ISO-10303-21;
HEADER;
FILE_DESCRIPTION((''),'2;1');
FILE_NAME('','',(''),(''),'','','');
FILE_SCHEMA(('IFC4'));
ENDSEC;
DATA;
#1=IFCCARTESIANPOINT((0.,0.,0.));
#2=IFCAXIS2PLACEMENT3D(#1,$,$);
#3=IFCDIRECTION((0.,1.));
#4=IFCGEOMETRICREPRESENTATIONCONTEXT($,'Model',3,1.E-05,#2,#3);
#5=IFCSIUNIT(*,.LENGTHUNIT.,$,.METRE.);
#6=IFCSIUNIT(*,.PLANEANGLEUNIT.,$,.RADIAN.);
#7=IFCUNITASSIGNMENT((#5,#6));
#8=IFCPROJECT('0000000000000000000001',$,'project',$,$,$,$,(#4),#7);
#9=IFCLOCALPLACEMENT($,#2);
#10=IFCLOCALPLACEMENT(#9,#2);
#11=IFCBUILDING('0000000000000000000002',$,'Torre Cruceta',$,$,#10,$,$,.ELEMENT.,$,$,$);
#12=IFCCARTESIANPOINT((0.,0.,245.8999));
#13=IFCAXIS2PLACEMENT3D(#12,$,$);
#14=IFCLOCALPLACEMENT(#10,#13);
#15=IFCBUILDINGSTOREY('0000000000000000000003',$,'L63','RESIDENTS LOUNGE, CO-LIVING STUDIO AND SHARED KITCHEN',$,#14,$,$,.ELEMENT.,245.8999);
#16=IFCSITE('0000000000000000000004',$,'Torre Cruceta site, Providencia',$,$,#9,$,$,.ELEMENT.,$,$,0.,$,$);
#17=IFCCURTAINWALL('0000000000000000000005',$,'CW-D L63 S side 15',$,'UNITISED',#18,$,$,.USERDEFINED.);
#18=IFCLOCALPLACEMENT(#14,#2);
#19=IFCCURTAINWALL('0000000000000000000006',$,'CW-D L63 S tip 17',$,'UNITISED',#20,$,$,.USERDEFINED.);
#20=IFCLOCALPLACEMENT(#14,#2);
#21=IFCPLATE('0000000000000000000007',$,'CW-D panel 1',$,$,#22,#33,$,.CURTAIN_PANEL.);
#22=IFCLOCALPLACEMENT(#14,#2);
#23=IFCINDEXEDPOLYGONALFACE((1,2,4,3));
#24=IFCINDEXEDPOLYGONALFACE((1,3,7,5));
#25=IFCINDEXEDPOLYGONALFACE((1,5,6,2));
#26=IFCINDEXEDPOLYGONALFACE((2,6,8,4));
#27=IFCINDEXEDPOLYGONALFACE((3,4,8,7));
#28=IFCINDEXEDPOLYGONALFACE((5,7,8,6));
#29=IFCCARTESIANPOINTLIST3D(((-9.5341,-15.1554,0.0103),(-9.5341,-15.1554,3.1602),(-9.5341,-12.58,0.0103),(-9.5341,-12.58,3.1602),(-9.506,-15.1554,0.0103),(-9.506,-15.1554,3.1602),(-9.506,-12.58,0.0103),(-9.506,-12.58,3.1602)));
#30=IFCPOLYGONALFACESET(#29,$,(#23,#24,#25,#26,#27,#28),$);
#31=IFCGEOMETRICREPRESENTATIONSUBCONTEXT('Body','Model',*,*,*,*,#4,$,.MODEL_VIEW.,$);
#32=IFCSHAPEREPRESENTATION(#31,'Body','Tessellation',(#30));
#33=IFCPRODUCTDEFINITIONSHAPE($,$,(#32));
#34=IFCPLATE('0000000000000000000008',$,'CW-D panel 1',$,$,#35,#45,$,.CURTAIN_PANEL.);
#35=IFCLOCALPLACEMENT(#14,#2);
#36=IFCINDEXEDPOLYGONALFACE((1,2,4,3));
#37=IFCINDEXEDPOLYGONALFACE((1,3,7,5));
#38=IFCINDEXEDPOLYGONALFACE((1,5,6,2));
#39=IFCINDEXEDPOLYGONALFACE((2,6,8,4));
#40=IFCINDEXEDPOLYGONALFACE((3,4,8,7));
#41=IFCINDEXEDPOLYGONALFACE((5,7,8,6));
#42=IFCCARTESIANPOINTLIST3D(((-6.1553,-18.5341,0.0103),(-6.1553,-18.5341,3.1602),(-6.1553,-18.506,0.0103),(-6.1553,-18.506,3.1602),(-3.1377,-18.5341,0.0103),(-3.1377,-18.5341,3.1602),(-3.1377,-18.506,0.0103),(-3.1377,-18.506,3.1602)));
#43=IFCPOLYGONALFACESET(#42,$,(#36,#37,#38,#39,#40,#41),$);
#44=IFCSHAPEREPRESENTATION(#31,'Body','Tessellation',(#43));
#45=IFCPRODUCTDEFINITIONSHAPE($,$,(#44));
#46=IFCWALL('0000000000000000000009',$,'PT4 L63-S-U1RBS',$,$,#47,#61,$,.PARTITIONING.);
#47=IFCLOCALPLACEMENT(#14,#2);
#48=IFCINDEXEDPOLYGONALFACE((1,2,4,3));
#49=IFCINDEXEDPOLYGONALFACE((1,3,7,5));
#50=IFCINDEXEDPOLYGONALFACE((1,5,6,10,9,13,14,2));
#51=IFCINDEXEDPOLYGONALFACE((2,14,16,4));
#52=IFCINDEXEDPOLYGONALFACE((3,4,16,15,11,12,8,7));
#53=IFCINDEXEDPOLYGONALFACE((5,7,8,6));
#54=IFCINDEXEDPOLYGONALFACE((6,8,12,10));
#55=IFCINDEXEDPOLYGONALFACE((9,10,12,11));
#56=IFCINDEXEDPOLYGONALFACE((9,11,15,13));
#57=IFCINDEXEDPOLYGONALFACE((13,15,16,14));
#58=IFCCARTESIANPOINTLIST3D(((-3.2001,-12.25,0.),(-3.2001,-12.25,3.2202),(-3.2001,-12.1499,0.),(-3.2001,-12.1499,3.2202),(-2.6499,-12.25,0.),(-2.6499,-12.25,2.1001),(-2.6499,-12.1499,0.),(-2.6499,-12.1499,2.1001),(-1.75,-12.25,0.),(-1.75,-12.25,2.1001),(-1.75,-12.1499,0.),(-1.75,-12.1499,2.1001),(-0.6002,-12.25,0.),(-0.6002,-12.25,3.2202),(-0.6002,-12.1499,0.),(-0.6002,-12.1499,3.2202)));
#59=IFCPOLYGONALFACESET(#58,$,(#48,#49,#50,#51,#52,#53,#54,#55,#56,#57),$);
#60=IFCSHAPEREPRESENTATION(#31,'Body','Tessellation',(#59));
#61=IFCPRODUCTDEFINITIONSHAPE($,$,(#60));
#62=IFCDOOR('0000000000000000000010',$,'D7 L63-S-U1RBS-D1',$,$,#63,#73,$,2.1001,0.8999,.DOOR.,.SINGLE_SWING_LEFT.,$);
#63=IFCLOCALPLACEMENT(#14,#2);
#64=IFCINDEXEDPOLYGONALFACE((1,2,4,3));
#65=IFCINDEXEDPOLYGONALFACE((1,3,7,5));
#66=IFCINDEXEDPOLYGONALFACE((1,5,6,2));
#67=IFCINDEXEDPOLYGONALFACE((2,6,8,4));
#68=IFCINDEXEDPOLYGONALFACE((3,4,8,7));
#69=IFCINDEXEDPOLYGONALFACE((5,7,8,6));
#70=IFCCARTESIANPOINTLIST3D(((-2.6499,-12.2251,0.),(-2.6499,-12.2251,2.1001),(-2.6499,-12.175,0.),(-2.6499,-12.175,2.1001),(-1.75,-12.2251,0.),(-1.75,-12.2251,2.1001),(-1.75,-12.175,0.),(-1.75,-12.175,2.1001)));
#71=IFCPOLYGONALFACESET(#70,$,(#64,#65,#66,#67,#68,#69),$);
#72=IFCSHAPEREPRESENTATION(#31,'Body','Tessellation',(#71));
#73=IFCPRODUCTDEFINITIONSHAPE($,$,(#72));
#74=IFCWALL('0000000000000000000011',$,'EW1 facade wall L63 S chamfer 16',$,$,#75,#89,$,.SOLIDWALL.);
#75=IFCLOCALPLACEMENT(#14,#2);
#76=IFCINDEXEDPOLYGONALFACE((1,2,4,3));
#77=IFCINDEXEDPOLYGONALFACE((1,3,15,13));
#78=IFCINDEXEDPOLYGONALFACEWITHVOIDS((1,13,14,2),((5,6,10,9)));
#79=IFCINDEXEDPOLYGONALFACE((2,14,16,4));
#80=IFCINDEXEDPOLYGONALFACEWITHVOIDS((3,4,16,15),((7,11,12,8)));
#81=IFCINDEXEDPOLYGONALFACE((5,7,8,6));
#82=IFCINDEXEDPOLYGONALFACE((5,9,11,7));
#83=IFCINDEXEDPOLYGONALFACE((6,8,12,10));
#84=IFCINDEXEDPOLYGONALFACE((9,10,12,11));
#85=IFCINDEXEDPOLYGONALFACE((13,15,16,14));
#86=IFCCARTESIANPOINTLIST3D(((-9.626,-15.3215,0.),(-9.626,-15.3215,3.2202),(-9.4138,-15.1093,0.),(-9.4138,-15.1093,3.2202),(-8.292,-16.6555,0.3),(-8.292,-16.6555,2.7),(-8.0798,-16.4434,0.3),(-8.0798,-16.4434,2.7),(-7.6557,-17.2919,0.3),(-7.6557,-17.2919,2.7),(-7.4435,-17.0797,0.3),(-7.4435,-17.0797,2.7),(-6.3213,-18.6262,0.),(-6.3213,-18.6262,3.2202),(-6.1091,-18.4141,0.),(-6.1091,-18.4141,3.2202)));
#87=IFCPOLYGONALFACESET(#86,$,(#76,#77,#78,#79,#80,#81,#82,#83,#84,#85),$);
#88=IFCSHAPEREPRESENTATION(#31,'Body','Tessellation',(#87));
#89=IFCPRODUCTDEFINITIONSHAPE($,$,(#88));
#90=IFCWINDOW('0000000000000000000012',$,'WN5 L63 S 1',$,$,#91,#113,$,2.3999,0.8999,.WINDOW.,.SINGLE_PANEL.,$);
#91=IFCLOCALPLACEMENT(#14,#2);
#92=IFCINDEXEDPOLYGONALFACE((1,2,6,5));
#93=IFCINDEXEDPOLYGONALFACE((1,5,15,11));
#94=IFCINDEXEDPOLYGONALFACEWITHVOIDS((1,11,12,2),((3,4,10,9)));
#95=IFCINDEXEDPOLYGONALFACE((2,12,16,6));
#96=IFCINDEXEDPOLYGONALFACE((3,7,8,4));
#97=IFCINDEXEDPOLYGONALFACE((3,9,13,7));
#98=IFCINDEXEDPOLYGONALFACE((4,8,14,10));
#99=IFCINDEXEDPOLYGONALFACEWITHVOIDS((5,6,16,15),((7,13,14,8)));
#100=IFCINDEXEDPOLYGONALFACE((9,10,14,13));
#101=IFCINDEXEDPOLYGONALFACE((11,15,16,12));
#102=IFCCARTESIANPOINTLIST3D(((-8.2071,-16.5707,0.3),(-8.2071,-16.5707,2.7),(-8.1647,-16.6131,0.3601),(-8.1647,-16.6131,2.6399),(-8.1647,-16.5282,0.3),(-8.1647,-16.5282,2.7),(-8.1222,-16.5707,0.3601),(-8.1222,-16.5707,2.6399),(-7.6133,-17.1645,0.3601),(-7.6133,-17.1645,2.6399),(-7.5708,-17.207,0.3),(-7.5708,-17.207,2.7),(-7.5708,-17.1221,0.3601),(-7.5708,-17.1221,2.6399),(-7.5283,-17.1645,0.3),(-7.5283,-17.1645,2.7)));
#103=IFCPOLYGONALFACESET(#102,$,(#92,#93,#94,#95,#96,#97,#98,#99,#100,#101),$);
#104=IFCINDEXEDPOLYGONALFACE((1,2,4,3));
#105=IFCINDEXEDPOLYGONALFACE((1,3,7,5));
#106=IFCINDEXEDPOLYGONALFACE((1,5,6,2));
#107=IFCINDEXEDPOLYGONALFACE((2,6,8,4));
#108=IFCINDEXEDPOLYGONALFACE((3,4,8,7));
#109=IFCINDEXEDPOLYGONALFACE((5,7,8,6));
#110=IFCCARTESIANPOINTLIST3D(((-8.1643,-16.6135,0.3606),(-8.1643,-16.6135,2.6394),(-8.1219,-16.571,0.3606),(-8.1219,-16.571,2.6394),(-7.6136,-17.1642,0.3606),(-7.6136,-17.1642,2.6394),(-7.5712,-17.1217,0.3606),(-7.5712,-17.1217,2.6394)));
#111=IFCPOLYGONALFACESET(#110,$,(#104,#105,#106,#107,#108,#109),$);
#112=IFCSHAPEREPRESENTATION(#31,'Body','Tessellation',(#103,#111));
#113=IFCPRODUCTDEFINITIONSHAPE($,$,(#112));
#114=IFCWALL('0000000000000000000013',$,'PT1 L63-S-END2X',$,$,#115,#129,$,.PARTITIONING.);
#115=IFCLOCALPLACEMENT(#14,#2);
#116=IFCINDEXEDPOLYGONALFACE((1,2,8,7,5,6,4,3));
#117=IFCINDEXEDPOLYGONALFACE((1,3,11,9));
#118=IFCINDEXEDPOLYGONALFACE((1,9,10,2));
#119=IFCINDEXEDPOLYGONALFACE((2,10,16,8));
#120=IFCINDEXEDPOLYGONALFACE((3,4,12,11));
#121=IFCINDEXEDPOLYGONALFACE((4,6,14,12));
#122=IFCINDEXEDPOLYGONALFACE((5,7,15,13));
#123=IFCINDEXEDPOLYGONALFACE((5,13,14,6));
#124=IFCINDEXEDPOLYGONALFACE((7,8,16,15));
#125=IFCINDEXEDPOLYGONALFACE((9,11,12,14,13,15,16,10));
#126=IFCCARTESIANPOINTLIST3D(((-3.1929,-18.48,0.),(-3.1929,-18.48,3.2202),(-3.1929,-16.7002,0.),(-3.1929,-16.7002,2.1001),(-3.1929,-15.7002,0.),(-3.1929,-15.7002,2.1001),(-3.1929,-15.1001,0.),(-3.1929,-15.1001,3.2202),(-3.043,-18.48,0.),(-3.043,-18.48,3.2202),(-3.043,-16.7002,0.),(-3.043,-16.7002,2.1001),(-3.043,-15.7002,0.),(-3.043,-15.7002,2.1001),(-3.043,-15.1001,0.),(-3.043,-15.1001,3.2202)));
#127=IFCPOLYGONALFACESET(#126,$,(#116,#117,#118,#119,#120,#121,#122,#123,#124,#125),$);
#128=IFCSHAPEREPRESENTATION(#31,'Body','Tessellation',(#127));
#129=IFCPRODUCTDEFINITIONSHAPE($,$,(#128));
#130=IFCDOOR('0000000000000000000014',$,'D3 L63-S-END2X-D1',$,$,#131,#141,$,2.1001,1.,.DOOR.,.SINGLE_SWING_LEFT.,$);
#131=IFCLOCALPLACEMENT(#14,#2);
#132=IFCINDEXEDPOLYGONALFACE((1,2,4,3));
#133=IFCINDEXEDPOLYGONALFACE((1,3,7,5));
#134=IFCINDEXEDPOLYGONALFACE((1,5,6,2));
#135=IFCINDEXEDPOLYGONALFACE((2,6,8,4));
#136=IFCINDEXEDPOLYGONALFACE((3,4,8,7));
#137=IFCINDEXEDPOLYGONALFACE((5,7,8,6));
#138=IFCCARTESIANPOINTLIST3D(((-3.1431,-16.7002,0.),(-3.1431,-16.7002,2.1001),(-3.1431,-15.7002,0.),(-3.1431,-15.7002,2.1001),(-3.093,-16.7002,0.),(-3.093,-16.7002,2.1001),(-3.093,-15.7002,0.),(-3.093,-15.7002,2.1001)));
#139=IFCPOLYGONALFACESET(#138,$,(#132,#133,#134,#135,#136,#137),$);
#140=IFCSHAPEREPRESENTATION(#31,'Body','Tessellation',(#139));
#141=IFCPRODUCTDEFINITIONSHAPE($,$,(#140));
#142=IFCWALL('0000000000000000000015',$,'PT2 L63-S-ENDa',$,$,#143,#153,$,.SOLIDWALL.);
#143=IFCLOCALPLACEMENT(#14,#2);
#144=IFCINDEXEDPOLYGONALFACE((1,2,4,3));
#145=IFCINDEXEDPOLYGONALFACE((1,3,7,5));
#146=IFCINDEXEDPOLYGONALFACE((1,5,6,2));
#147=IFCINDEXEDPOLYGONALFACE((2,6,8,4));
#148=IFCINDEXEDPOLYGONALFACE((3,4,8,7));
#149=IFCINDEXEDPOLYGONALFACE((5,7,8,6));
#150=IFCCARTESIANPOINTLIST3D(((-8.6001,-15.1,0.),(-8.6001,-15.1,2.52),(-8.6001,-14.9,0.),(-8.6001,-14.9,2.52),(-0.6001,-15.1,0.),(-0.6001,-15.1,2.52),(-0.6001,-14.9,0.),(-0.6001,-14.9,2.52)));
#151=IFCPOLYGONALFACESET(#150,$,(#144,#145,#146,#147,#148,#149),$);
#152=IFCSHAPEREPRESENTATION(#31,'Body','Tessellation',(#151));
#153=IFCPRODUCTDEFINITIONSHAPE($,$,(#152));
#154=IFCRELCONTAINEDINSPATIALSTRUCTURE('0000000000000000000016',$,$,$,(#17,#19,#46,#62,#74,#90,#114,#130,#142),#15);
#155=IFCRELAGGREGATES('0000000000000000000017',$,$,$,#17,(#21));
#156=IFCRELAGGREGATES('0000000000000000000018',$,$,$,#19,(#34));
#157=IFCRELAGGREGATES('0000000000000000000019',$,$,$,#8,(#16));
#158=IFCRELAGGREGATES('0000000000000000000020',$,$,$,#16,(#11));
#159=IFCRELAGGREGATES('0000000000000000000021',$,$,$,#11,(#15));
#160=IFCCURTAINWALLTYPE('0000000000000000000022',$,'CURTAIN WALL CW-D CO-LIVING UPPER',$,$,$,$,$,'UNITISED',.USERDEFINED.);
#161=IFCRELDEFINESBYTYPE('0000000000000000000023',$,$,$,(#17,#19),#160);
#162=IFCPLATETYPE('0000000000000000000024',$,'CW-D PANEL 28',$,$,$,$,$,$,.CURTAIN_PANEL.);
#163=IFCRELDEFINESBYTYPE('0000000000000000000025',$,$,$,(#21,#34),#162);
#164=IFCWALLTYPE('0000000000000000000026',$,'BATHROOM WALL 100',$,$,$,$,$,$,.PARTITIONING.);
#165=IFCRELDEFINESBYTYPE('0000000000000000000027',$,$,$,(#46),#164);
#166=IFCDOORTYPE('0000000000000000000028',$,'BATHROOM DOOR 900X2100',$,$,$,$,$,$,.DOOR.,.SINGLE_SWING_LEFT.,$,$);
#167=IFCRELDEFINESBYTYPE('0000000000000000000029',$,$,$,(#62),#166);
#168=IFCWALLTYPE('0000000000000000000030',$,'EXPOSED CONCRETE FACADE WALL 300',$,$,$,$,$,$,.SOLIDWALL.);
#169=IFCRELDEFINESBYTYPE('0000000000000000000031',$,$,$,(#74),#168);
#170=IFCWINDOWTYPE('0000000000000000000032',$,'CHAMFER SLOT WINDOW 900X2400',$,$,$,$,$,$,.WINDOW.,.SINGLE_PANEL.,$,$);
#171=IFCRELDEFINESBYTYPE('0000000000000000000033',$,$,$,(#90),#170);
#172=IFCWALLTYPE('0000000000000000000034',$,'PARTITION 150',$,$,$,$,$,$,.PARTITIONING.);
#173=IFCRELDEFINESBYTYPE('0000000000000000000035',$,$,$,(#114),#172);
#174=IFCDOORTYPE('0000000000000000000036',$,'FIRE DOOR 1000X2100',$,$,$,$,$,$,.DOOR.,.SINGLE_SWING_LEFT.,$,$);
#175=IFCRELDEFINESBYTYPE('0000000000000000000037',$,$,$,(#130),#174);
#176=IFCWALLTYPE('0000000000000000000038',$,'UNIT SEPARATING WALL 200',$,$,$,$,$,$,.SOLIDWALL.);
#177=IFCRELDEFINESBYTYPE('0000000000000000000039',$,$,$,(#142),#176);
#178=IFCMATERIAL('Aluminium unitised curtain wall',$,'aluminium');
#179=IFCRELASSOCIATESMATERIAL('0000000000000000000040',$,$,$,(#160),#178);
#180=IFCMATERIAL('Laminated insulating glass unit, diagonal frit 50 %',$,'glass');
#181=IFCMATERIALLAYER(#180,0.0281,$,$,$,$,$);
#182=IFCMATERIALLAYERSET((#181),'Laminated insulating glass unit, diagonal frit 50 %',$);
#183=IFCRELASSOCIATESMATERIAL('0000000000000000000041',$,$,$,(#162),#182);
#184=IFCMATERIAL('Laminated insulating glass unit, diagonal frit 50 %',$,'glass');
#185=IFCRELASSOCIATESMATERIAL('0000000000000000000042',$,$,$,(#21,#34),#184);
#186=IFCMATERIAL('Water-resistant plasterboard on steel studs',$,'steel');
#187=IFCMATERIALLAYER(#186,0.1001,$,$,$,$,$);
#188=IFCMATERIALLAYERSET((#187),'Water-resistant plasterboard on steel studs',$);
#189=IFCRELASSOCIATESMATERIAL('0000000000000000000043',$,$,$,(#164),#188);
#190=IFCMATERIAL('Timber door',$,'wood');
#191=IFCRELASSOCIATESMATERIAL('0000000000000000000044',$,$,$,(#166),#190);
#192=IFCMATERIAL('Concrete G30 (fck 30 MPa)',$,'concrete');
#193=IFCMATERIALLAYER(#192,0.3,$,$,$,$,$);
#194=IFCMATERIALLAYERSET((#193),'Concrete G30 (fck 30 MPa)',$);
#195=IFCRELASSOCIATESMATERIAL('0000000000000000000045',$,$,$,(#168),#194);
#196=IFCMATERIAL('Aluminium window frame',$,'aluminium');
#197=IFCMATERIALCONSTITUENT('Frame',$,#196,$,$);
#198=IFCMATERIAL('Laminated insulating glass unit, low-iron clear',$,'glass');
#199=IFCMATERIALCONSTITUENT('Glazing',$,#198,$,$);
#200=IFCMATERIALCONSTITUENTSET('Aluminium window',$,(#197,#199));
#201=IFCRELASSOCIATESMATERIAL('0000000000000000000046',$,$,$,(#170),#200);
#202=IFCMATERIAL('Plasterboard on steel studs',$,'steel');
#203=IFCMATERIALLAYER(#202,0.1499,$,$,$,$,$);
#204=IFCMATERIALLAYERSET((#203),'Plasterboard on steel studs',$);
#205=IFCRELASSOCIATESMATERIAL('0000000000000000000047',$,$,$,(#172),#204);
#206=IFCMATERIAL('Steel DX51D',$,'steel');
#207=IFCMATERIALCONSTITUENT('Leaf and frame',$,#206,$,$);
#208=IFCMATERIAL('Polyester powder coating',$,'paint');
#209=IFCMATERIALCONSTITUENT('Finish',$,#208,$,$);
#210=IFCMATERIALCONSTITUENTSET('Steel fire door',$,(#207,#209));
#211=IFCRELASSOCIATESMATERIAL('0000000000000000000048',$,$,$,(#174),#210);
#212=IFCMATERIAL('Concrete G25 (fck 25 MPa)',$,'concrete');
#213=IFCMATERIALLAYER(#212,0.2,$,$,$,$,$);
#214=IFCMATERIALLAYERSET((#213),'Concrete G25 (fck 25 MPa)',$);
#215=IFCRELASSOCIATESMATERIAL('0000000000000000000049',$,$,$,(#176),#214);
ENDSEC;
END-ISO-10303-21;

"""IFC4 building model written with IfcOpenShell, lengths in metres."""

from ifc_helpers import new_model, si_unit, direction, frame, frame_2d, origin, origin_2d, place, context, subcontext, project, spatial, rectangle, hollow_rectangle, extrude, material, layer, layer_set, constituent, constituent_set, type_object, element, fill, aggregate, save


model = new_model("IFC4")

# Units and contexts
model_context = context("Model", 3, precision=1e-05, world=origin(), true_north=direction((0.0, 1.0)))
body_context = subcontext(model_context, "Body", "Model", "MODEL_VIEW")
ifc_project = project(units=[si_unit("LENGTHUNIT", "METRE"), si_unit("PLANEANGLEUNIT", "RADIAN")], contexts=[model_context])

# Site, building, storey
site_placement = place(None, origin())
site = spatial("IfcSite", under=ifc_project, at=site_placement, Name="Torre Cruceta site, Providencia", CompositionType="ELEMENT", RefElevation=0.0)
building_placement = place(site_placement, origin())
building = spatial("IfcBuilding", under=site, at=building_placement, Name="Torre Cruceta", CompositionType="ELEMENT")
storey_placement = place(building_placement, frame((0.0, 0.0, 245.8999)))
storey = spatial("IfcBuildingStorey", under=building, at=storey_placement, Name="L63", Description="RESIDENTS LOUNGE, CO-LIVING STUDIO AND SHARED KITCHEN", CompositionType="ELEMENT", Elevation=245.8999)

# Curtain walls
ifc_material_1 = material(Name="Aluminium unitised curtain wall", Category="aluminium")
curtain_wall_type = type_object("IfcCurtainWallType", Name="CURTAIN WALL CW-D CO-LIVING UPPER", ElementType="UNITISED", PredefinedType="USERDEFINED", material=ifc_material_1)
curtain_wall_1_placement = place(storey_placement, origin())
curtain_wall_1 = element("IfcCurtainWall", 1, at=curtain_wall_1_placement, inside=storey, type_object=curtain_wall_type, Name="CW-D L63 S side 15", ObjectType="UNITISED", PredefinedType="USERDEFINED")
curtain_wall_2_placement = place(storey_placement, origin())
curtain_wall_2 = element("IfcCurtainWall", 2, at=curtain_wall_2_placement, inside=storey, type_object=curtain_wall_type, Name="CW-D L63 S tip 17", ObjectType="UNITISED", PredefinedType="USERDEFINED")

# Plates
ifc_material_2 = material(Name="Laminated insulating glass unit, diagonal frit 50 %", Category="glass")
ifc_material_3 = material(Name="Laminated insulating glass unit, diagonal frit 50 %", Category="glass")
ifc_layer_1 = layer(ifc_material_3, 0.0281)
ifc_layer_set_1 = layer_set([ifc_layer_1], Name="Laminated insulating glass unit, diagonal frit 50 %")
plate_type = type_object("IfcPlateType", Name="CW-D PANEL 28", PredefinedType="CURTAIN_PANEL", material=ifc_layer_set_1)
plate_1_placement = place(storey_placement, frame((-9.52, -13.8677, 0.0103), z_axis=(0.0, 0.0, 1.0), x_axis=(0.0, -1.0, 0.0)))
plate_1 = element("IfcPlate", 3, at=plate_1_placement, type_object=plate_type, material=ifc_material_2, Name="CW-D panel 1", PredefinedType="CURTAIN_PANEL", context=body_context, shape_type="SweptSolid", body=[
    extrude(rectangle(XDim=2.5754, YDim=0.0281, at=origin_2d()), origin(), (0.0, 0.0, 1.0), 3.1499),
])
aggregate(curtain_wall_1, [plate_1])
plate_2_placement = place(storey_placement, frame((-4.6465, -18.52, 0.0103), z_axis=(0.0, 0.0, 1.0), x_axis=(1.0, 0.0, 0.0)))
plate_2 = element("IfcPlate", 4, at=plate_2_placement, type_object=plate_type, material=ifc_material_2, Name="CW-D panel 1", PredefinedType="CURTAIN_PANEL", context=body_context, shape_type="SweptSolid", body=[
    extrude(rectangle(XDim=3.0176, YDim=0.0281, at=origin_2d()), origin(), (0.0, 0.0, 1.0), 3.1499),
])
aggregate(curtain_wall_2, [plate_2])

# Wall, opening, door
ifc_material_4 = material(Name="Water-resistant plasterboard on steel studs", Category="steel")
ifc_layer_2 = layer(ifc_material_4, 0.1001)
ifc_layer_set_2 = layer_set([ifc_layer_2], Name="Water-resistant plasterboard on steel studs")
wall_type_1 = type_object("IfcWallType", Name="BATHROOM WALL 100", PredefinedType="PARTITIONING", material=ifc_layer_set_2)
wall_1_placement = place(storey_placement, frame((-3.2, -12.2, 0.0), z_axis=(0.0, 0.0, 1.0), x_axis=(1.0, 0.0, 0.0)))
wall_1 = element("IfcWall", 5, at=wall_1_placement, inside=storey, type_object=wall_type_1, Name="PT4 L63-S-U1RBS", PredefinedType="PARTITIONING", context=body_context, shape_type="SweptSolid", body=[
    extrude(rectangle(XDim=2.5999, YDim=0.1001, at=frame_2d((1.2998, 0.0))), origin(), (0.0, 0.0, 1.0), 3.2202),
])
opening_1_placement = place(wall_1_placement, frame((0.55, 0.0, 0.0)))
opening_1 = element("IfcOpeningElement", 6, at=opening_1_placement, cuts=wall_1, PredefinedType="OPENING", context=body_context, shape_type="SweptSolid", body=[
    extrude(rectangle(XDim=0.8999, YDim=2.1001, at=frame_2d((0.45, 1.05))), frame((0.0, 0.0601, 0.0), z_axis=(0.0, -1.0, 0.0), x_axis=(1.0, 0.0, 0.0)), (0.0, 0.0, 1.0), 0.1201),
])
ifc_material_5 = material(Name="Timber door", Category="wood")
door_type_1 = type_object("IfcDoorType", Name="BATHROOM DOOR 900X2100", OperationType="SINGLE_SWING_LEFT", PredefinedType="DOOR", material=ifc_material_5)
door_1_placement = place(opening_1_placement, origin())
door_1 = element("IfcDoor", 7, at=door_1_placement, inside=storey, type_object=door_type_1, Name="D7 L63-S-U1RBS-D1", OperationType="SINGLE_SWING_LEFT", OverallHeight=2.1001, OverallWidth=0.8999, PredefinedType="DOOR", context=body_context, shape_type="SweptSolid", body=[
    extrude(rectangle(XDim=0.8999, YDim=2.1001, at=frame_2d((0.45, 1.05))), frame((0.0, 0.0249, 0.0), z_axis=(0.0, -1.0, 0.0), x_axis=(1.0, 0.0, 0.0)), (0.0, 0.0, 1.0), 0.05),
])
fill(opening_1, door_1)

# Wall, opening, window
ifc_material_6 = material(Name="Concrete G30 (fck 30 MPa)", Category="concrete")
ifc_layer_3 = layer(ifc_material_6, 0.3)
ifc_layer_set_3 = layer_set([ifc_layer_3], Name="Concrete G30 (fck 30 MPa)")
wall_type_2 = type_object("IfcWallType", Name="EXPOSED CONCRETE FACADE WALL 300", PredefinedType="SOLIDWALL", material=ifc_layer_set_3)
wall_2_placement = place(storey_placement, frame((-9.52, -15.2153, 0.0), z_axis=(0.0, 0.0, 1.0), x_axis=(0.707107, -0.707107, 0.0)))
wall_2 = element("IfcWall", 8, at=wall_2_placement, inside=storey, type_object=wall_type_2, Name="EW1 facade wall L63 S chamfer 16", PredefinedType="SOLIDWALL", context=body_context, shape_type="SweptSolid", body=[
    extrude(rectangle(XDim=4.6736, YDim=0.3, at=frame_2d((2.3369, 0.0))), origin(), (0.0, 0.0, 1.0), 3.2202),
])
opening_2_placement = place(wall_2_placement, frame((1.8867, 0.0, 0.3)))
opening_2 = element("IfcOpeningElement", 9, at=opening_2_placement, cuts=wall_2, PredefinedType="OPENING", context=body_context, shape_type="SweptSolid", body=[
    extrude(rectangle(XDim=0.8999, YDim=2.3999, at=frame_2d((0.45, 1.2))), frame((0.0, 0.1599, 0.0), z_axis=(0.0, -1.0, 0.0), x_axis=(1.0, 0.0, 0.0)), (0.0, 0.0, 1.0), 0.3201),
])
ifc_material_7 = material(Name="Aluminium window frame", Category="aluminium")
ifc_constituent_1 = constituent(ifc_material_7, Name="Frame")
ifc_material_8 = material(Name="Laminated insulating glass unit, low-iron clear", Category="glass")
ifc_constituent_2 = constituent(ifc_material_8, Name="Glazing")
ifc_constituent_set_1 = constituent_set(constituents=[ifc_constituent_1, ifc_constituent_2], Name="Aluminium window")
window_type = type_object("IfcWindowType", Name="CHAMFER SLOT WINDOW 900X2400", PartitioningType="SINGLE_PANEL", PredefinedType="WINDOW", material=ifc_constituent_set_1)
window_placement = place(opening_2_placement, origin())
window = element("IfcWindow", 10, at=window_placement, inside=storey, type_object=window_type, Name="WN5 L63 S 1", OverallHeight=2.3999, OverallWidth=0.8999, PartitioningType="SINGLE_PANEL", PredefinedType="WINDOW", context=body_context, shape_type="SweptSolid", body=[
    extrude(hollow_rectangle(XDim=0.8999, YDim=2.3999, WallThickness=0.0601, at=frame_2d((0.45, 1.2))), frame((0.0, 0.03, 0.0), z_axis=(0.0, -1.0, 0.0), x_axis=(1.0, 0.0, 0.0)), (0.0, 0.0, 1.0), 0.0601),
    extrude(rectangle(XDim=0.7788, YDim=2.2788, at=frame_2d((0.45, 1.2))), frame((0.0, 0.03, 0.0), z_axis=(0.0, -1.0, 0.0), x_axis=(1.0, 0.0, 0.0)), (0.0, 0.0, 1.0), 0.0601),
])
fill(opening_2, window)

# Wall, opening, door
ifc_material_9 = material(Name="Plasterboard on steel studs", Category="steel")
ifc_layer_4 = layer(ifc_material_9, 0.1499)
ifc_layer_set_4 = layer_set([ifc_layer_4], Name="Plasterboard on steel studs")
wall_type_3 = type_object("IfcWallType", Name="PARTITION 150", PredefinedType="PARTITIONING", material=ifc_layer_set_4)
wall_3_placement = place(storey_placement, frame((-3.1179, -15.1001, 0.0), z_axis=(0.0, 0.0, 1.0), x_axis=(0.0, -1.0, 0.0)))
wall_3 = element("IfcWall", 11, at=wall_3_placement, inside=storey, type_object=wall_type_3, Name="PT1 L63-S-END2X", PredefinedType="PARTITIONING", context=body_context, shape_type="SweptSolid", body=[
    extrude(rectangle(XDim=3.3799, YDim=0.1499, at=frame_2d((1.6899, 0.0))), origin(), (0.0, 0.0, 1.0), 3.2202),
])
opening_3_placement = place(wall_3_placement, frame((0.6001, 0.0, 0.0)))
opening_3 = element("IfcOpeningElement", 12, at=opening_3_placement, cuts=wall_3, PredefinedType="OPENING", context=body_context, shape_type="SweptSolid", body=[
    extrude(rectangle(XDim=1.0, YDim=2.1001, at=frame_2d((0.5, 1.05))), frame((0.0, 0.085, 0.0), z_axis=(0.0, -1.0, 0.0), x_axis=(1.0, 0.0, 0.0)), (0.0, 0.0, 1.0), 0.1699),
])
ifc_material_10 = material(Name="Steel DX51D", Category="steel")
ifc_constituent_3 = constituent(ifc_material_10, Name="Leaf and frame")
ifc_material_11 = material(Name="Polyester powder coating", Category="paint")
ifc_constituent_4 = constituent(ifc_material_11, Name="Finish")
ifc_constituent_set_2 = constituent_set(constituents=[ifc_constituent_3, ifc_constituent_4], Name="Steel fire door")
door_type_2 = type_object("IfcDoorType", Name="FIRE DOOR 1000X2100", OperationType="SINGLE_SWING_LEFT", PredefinedType="DOOR", material=ifc_constituent_set_2)
door_2_placement = place(opening_3_placement, origin())
door_2 = element("IfcDoor", 13, at=door_2_placement, inside=storey, type_object=door_type_2, Name="D3 L63-S-END2X-D1", OperationType="SINGLE_SWING_LEFT", OverallHeight=2.1001, OverallWidth=1.0, PredefinedType="DOOR", context=body_context, shape_type="SweptSolid", body=[
    extrude(rectangle(XDim=1.0, YDim=2.1001, at=frame_2d((0.5, 1.05))), frame((0.0, 0.0249, 0.0), z_axis=(0.0, -1.0, 0.0), x_axis=(1.0, 0.0, 0.0)), (0.0, 0.0, 1.0), 0.05),
])
fill(opening_3, door_2)

# Wall
ifc_material_12 = material(Name="Concrete G25 (fck 25 MPa)", Category="concrete")
ifc_layer_5 = layer(ifc_material_12, 0.2)
ifc_layer_set_5 = layer_set([ifc_layer_5], Name="Concrete G25 (fck 25 MPa)")
wall_type_4 = type_object("IfcWallType", Name="UNIT SEPARATING WALL 200", PredefinedType="SOLIDWALL", material=ifc_layer_set_5)
wall_4_placement = place(storey_placement, frame((-8.6001, -15.0, 0.0), z_axis=(0.0, 0.0, 1.0), x_axis=(1.0, 0.0, 0.0)))
element("IfcWall", 14, at=wall_4_placement, inside=storey, type_object=wall_type_4, Name="PT2 L63-S-ENDa", PredefinedType="SOLIDWALL", context=body_context, shape_type="SweptSolid", body=[
    extrude(rectangle(XDim=8.0, YDim=0.2, at=frame_2d((4.0, 0.0))), origin(), (0.0, 0.0, 1.0), 2.52),
])

save(model, "model.ifc")
